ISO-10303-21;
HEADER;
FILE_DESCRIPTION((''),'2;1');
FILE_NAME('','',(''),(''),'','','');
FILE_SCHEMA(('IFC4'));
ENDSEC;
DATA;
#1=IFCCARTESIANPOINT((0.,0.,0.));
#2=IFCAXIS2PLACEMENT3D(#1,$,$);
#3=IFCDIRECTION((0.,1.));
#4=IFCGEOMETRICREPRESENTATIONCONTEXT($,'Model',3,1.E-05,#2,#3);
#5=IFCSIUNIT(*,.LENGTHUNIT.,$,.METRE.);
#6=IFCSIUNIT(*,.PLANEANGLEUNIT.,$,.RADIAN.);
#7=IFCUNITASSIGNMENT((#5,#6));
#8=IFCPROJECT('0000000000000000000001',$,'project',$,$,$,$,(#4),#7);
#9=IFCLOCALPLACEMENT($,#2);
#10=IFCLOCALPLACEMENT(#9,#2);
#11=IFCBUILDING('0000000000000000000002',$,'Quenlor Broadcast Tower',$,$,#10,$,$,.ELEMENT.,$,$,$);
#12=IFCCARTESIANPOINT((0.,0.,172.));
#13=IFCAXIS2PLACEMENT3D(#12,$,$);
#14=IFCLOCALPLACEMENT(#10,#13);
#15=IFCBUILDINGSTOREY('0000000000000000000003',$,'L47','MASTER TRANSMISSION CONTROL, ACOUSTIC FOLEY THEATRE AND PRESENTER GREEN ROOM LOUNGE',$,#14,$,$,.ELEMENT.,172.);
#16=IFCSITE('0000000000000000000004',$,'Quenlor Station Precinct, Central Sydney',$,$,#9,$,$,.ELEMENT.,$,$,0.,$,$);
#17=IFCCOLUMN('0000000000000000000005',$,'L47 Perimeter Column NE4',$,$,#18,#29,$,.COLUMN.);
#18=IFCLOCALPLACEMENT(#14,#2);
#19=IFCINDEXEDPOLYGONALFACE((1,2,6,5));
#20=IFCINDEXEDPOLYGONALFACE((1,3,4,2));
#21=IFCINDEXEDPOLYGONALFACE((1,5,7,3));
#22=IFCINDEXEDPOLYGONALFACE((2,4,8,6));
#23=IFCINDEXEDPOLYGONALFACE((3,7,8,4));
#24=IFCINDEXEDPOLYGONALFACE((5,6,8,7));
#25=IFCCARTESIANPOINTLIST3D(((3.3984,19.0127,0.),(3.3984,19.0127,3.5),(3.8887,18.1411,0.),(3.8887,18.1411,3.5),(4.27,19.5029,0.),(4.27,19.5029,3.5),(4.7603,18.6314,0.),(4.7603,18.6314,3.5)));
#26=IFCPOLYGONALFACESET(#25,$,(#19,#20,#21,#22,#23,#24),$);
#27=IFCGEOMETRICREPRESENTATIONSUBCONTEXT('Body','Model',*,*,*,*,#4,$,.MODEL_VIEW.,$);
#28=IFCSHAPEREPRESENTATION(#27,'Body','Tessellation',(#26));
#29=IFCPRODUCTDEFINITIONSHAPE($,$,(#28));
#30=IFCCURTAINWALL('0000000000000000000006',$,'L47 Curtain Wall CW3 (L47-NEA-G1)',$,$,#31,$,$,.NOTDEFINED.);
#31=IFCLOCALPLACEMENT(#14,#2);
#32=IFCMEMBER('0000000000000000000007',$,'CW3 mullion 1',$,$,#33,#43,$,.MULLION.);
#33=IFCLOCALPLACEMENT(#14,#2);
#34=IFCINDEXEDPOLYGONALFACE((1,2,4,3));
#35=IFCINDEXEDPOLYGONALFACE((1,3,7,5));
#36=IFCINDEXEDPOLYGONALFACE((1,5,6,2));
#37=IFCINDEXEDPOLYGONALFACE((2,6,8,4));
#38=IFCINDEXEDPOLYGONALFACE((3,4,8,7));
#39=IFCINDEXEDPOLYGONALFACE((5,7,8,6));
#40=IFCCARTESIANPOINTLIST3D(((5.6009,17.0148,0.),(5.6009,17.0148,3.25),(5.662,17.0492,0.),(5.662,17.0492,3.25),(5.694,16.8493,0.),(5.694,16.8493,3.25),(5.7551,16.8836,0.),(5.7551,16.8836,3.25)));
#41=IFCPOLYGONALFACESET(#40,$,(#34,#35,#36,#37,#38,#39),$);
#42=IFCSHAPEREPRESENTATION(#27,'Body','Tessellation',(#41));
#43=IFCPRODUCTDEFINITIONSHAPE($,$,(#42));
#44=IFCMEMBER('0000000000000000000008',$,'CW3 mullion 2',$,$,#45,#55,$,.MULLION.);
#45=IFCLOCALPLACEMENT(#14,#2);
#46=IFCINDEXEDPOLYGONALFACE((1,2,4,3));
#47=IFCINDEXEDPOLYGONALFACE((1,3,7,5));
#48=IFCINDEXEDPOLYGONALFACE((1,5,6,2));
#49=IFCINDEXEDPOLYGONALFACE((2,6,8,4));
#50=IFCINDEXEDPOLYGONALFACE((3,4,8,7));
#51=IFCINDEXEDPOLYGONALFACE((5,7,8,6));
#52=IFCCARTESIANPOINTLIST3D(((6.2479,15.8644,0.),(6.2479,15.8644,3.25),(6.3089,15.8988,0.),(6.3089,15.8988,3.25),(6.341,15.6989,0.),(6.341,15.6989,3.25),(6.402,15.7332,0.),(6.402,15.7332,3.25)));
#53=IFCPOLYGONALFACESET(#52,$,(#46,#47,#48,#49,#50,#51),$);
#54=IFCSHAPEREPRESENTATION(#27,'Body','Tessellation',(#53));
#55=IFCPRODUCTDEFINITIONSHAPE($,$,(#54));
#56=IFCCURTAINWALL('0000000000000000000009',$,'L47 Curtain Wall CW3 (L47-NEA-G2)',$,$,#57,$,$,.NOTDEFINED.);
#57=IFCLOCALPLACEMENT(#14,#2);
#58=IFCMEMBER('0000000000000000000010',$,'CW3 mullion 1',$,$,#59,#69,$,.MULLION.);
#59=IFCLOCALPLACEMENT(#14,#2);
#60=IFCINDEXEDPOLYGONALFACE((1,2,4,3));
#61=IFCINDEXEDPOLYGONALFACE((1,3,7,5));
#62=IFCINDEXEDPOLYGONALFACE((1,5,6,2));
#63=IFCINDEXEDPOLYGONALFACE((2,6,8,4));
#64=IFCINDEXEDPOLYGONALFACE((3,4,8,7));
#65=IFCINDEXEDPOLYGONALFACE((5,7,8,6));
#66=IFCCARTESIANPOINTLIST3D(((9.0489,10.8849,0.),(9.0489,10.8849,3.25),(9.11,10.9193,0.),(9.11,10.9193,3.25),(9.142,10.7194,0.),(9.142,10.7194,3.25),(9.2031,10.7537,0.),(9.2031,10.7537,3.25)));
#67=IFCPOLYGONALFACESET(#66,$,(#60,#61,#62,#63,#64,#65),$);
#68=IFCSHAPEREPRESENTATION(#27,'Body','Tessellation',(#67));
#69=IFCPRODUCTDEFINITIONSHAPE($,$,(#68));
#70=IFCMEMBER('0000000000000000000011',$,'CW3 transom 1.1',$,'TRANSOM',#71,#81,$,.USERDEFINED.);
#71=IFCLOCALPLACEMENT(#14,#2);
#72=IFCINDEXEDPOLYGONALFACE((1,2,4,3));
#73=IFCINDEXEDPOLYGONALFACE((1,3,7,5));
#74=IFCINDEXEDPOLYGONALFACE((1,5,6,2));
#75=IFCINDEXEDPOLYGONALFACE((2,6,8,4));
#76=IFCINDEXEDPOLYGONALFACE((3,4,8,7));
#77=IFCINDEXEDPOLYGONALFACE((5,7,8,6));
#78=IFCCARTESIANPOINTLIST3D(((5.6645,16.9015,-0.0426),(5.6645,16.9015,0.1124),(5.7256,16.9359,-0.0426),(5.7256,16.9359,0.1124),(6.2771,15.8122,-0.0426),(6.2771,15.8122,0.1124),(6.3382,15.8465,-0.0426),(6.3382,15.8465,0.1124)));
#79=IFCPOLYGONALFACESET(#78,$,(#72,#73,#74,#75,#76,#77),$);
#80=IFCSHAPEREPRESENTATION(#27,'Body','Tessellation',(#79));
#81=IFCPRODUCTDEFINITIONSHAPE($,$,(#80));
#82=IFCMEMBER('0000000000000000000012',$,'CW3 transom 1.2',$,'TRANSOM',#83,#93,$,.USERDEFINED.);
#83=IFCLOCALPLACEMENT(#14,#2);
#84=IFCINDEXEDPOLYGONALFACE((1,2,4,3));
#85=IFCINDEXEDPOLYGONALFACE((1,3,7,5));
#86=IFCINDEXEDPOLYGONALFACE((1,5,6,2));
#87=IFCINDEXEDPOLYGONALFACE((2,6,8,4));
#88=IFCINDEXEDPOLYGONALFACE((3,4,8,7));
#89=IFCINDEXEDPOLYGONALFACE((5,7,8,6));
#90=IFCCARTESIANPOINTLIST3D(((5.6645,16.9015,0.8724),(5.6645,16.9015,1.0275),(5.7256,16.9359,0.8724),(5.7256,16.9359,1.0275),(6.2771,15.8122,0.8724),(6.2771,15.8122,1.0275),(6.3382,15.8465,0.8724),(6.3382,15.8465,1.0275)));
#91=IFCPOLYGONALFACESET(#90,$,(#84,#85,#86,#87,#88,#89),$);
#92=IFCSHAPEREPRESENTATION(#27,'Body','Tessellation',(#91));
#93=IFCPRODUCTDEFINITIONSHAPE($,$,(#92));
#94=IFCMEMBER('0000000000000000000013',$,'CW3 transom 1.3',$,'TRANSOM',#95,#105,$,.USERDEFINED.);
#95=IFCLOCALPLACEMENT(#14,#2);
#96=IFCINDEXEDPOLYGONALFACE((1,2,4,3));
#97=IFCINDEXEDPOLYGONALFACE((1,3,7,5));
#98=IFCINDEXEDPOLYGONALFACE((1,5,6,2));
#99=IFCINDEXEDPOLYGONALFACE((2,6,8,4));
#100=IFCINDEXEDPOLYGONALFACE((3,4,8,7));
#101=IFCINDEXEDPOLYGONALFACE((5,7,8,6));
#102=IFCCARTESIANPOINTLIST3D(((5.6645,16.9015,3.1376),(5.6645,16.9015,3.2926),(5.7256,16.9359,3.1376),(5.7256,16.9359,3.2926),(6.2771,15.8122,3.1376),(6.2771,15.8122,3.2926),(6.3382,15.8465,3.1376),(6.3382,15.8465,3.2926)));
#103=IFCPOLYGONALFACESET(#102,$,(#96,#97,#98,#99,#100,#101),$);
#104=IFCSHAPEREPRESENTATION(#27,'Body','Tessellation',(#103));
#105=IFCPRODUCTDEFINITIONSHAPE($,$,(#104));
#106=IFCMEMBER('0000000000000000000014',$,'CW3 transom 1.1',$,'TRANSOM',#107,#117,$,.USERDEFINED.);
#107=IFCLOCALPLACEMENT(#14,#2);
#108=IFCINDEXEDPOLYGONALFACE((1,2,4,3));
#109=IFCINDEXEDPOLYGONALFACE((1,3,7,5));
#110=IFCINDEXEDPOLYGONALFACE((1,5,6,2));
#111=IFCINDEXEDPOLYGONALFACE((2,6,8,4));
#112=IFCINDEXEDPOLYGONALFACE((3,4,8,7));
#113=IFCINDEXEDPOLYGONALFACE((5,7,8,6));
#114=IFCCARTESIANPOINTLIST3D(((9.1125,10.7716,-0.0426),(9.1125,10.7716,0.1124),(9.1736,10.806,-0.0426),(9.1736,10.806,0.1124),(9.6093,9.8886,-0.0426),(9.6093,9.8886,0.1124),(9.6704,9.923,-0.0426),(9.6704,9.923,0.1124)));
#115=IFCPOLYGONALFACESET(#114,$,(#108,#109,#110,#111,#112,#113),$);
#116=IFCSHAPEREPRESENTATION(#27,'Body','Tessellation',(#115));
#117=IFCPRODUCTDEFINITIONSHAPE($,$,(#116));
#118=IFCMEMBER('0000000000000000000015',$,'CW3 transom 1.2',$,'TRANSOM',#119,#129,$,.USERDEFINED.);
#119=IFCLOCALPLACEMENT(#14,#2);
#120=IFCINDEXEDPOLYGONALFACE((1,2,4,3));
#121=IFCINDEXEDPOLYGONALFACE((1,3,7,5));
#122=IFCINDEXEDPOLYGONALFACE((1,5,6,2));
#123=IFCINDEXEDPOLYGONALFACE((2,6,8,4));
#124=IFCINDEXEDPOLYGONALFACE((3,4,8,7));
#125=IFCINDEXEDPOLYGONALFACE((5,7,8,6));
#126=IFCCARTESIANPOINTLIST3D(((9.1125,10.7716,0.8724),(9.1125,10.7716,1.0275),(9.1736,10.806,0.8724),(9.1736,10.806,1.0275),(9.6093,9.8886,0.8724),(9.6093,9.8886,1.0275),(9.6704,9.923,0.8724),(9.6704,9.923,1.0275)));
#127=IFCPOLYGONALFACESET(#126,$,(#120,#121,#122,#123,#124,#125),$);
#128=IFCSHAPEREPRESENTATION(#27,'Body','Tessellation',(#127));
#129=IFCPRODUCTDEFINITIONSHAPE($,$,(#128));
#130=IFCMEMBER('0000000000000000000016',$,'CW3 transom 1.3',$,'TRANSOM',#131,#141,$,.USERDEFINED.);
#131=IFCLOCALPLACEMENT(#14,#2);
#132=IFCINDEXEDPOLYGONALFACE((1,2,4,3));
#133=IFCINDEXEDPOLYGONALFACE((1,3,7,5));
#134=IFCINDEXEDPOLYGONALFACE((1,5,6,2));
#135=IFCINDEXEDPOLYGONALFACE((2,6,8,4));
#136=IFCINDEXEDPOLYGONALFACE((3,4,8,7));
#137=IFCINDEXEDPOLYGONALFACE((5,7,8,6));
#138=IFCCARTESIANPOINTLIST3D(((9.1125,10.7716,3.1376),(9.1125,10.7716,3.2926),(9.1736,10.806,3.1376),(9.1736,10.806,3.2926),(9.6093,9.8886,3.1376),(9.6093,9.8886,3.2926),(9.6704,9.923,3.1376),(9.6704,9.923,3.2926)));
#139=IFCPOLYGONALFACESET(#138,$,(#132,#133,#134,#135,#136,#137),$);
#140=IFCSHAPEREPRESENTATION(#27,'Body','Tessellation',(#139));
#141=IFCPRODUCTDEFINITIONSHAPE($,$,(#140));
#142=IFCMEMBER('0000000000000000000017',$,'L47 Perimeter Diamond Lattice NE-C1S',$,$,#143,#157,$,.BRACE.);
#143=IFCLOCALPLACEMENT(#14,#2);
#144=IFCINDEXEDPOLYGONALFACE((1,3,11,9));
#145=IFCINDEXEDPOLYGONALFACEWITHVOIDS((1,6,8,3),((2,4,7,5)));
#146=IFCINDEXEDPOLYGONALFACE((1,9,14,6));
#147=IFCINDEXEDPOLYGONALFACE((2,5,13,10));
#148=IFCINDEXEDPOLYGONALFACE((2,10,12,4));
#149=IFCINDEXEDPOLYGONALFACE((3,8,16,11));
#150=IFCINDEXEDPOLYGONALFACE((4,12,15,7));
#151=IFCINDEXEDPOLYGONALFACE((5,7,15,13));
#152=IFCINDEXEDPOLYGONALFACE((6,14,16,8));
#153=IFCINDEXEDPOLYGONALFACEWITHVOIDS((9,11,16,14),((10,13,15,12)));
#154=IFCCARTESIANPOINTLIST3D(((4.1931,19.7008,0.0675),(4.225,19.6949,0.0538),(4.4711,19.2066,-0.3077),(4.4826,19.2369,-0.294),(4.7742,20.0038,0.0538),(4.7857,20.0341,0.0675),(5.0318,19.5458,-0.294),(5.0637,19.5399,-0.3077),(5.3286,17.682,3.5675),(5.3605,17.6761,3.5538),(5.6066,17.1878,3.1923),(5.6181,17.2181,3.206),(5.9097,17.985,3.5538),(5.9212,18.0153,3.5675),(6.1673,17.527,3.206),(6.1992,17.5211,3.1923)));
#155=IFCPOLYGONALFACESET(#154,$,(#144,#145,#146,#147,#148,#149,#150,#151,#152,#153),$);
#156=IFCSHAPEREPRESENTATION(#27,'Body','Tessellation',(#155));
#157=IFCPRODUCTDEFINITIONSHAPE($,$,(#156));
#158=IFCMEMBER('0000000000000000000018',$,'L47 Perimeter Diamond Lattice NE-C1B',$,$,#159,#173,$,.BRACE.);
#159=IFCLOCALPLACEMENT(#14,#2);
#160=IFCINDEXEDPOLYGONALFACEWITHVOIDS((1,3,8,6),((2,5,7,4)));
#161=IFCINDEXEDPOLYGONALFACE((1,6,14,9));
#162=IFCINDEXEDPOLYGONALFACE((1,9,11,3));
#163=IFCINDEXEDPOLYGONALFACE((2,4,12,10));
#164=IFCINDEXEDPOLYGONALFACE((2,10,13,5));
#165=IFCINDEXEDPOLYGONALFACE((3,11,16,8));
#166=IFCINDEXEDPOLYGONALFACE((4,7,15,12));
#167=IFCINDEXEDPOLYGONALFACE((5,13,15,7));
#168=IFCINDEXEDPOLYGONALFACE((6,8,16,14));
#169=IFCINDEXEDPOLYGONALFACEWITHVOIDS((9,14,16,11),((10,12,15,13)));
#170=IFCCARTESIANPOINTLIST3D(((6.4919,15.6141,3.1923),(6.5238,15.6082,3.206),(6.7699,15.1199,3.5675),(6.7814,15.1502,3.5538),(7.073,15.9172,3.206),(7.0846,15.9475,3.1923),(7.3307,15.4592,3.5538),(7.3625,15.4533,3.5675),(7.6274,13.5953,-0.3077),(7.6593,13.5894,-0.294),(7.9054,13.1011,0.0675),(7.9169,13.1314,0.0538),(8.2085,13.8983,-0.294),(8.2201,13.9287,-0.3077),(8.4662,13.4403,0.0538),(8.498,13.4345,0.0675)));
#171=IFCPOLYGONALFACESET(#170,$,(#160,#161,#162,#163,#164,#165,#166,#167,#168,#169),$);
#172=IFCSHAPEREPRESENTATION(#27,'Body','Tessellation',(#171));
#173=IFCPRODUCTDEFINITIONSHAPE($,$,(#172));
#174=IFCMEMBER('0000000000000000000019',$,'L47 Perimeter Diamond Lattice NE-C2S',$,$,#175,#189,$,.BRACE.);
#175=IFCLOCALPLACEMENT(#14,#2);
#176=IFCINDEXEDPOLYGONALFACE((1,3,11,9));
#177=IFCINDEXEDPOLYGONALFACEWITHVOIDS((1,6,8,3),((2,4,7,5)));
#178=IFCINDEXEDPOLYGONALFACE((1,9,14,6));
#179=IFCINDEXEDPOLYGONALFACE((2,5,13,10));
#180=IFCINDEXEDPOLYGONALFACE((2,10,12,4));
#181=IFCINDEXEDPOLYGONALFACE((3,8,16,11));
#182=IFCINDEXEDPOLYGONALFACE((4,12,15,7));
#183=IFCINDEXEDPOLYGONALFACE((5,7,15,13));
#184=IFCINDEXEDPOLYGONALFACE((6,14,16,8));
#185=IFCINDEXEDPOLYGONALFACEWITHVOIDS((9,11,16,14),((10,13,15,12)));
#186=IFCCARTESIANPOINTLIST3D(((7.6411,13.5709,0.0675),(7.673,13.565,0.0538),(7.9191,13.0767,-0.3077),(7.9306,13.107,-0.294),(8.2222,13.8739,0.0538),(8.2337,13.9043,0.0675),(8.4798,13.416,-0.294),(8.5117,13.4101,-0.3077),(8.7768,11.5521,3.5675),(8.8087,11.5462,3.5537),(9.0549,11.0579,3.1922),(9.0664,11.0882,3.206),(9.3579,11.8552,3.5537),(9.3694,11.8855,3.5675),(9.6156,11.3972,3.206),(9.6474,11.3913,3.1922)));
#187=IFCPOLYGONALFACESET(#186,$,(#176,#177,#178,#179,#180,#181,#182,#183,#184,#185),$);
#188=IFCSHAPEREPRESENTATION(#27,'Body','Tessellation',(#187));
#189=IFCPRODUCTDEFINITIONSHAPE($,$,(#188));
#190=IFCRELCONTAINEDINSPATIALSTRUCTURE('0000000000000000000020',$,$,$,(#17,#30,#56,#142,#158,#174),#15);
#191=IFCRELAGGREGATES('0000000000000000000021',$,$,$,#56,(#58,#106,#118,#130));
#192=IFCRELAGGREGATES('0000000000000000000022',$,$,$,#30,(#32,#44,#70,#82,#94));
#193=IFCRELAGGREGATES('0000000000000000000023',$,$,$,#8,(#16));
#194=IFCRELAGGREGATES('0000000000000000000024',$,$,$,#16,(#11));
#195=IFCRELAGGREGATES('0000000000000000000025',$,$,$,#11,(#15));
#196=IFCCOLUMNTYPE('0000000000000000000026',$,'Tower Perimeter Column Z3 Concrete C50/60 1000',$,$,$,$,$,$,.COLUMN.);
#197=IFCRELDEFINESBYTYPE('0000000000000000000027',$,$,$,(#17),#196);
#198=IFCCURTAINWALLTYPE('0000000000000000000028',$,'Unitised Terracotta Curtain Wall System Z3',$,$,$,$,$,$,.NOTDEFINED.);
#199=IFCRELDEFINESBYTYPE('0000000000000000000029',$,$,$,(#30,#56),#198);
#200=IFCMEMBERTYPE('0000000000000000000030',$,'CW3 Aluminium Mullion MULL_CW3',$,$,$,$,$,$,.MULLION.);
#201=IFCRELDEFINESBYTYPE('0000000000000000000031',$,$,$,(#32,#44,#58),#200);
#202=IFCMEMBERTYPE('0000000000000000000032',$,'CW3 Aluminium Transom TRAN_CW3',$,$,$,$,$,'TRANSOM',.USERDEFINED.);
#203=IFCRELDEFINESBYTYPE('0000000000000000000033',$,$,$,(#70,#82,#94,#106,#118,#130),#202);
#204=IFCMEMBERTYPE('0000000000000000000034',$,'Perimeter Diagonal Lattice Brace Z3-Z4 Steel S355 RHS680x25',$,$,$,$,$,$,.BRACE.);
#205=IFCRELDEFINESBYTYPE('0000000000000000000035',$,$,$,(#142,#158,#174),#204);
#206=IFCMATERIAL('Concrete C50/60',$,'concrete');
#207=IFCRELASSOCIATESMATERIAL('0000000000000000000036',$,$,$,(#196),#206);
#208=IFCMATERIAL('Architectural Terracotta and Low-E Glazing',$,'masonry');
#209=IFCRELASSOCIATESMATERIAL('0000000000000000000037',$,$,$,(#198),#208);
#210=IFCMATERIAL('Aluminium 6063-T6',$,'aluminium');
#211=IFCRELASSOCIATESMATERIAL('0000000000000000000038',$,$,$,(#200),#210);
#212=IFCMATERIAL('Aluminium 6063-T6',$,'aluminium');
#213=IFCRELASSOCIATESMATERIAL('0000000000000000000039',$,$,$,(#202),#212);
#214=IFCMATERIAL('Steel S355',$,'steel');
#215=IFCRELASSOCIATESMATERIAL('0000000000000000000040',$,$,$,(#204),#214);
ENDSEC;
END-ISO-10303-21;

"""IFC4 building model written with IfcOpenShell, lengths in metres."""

from ifc_helpers import new_model, si_unit, direction, frame, origin, origin_2d, place, context, subcontext, project, spatial, rectangle, hollow_rectangle, extrude, material, material_profile, profile_set, type_object, element, aggregate, save


model = new_model("IFC4")

# Units and contexts
model_context = context("Model", 3, precision=1e-05, world=origin(), true_north=direction((0.0, 1.0)))
body_context = subcontext(model_context, "Body", "Model", "MODEL_VIEW")
ifc_project = project(units=[si_unit("LENGTHUNIT", "METRE"), si_unit("PLANEANGLEUNIT", "RADIAN")], contexts=[model_context])

# Site, building, storey
site_placement = place(None, origin())
site = spatial("IfcSite", under=ifc_project, at=site_placement, Name="Quenlor Station Precinct, Central Sydney", CompositionType="ELEMENT", RefElevation=0.0)
building_placement = place(site_placement, origin())
building = spatial("IfcBuilding", under=site, at=building_placement, Name="Quenlor Broadcast Tower", CompositionType="ELEMENT")
storey_placement = place(building_placement, frame((0.0, 0.0, 172.0)))
storey = spatial("IfcBuildingStorey", under=building, at=storey_placement, Name="L47", Description="MASTER TRANSMISSION CONTROL, ACOUSTIC FOLEY THEATRE AND PRESENTER GREEN ROOM LOUNGE", CompositionType="ELEMENT", Elevation=172.0)

# Column
ifc_material_1 = material(Name="Concrete C50/60", Category="concrete")
ifc_material_profile_1 = material_profile(ifc_material_1, rectangle(XDim=1.0, YDim=1.0, at=origin_2d()))
ifc_profile_set_1 = profile_set([ifc_material_profile_1], Name="Concrete C50/60 RC1000x1000")
column_type = type_object("IfcColumnType", Name="Tower Perimeter Column Z3 Concrete C50/60 1000", PredefinedType="COLUMN", material=ifc_profile_set_1)
column_placement = place(storey_placement, frame((4.0793, 18.822, 0.0), z_axis=(0.0, 0.0, 1.0), x_axis=(0.871575, 0.490262, 0.0)))
element("IfcColumn", 1, at=column_placement, inside=storey, type_object=column_type, Name="L47 Perimeter Column NE4", PredefinedType="COLUMN", context=body_context, shape_type="SweptSolid", body=[
    extrude(rectangle(XDim=1.0, YDim=1.0, at=origin_2d()), origin(), (0.0, 0.0, 1.0), 3.5),
])

# Curtain wall, members
ifc_material_2 = material(Name="Architectural Terracotta and Low-E Glazing", Category="masonry")
curtain_wall_type = type_object("IfcCurtainWallType", Name="Unitised Terracotta Curtain Wall System Z3", PredefinedType="NOTDEFINED", material=ifc_material_2)
curtain_wall_1_placement = place(storey_placement, origin())
curtain_wall_1 = element("IfcCurtainWall", 2, at=curtain_wall_1_placement, inside=storey, type_object=curtain_wall_type, Name="L47 Curtain Wall CW3 (L47-NEA-G1)", PredefinedType="NOTDEFINED")
ifc_material_3 = material(Name="Aluminium 6063-T6", Category="aluminium")
ifc_material_profile_2 = material_profile(ifc_material_3, rectangle(XDim=0.0701, YDim=0.1899, at=origin_2d()))
ifc_profile_set_2 = profile_set([ifc_material_profile_2], Name="Aluminium 6063-T6 MULL70x190")
member_type_1 = type_object("IfcMemberType", Name="CW3 Aluminium Mullion MULL_CW3", PredefinedType="MULLION", material=ifc_profile_set_2)
member_1_placement = place(storey_placement, frame((5.678, 16.9492, 0.0), z_axis=(0.0, 0.0, 1.0), x_axis=(0.871593, 0.49023, 0.0)))
member_1 = element("IfcMember", 3, at=member_1_placement, type_object=member_type_1, Name="CW3 mullion 1", PredefinedType="MULLION", context=body_context, shape_type="SweptSolid", body=[
    extrude(rectangle(XDim=0.0701, YDim=0.1899, at=origin_2d()), origin(), (0.0, 0.0, 1.0), 3.25),
])
member_2_placement = place(storey_placement, frame((6.325, 15.7988, 0.0), z_axis=(0.0, 0.0, 1.0), x_axis=(0.871593, 0.49023, 0.0)))
member_2 = element("IfcMember", 4, at=member_2_placement, type_object=member_type_1, Name="CW3 mullion 2", PredefinedType="MULLION", context=body_context, shape_type="SweptSolid", body=[
    extrude(rectangle(XDim=0.0701, YDim=0.1899, at=origin_2d()), origin(), (0.0, 0.0, 1.0), 3.25),
])

# Curtain wall, member
curtain_wall_2_placement = place(storey_placement, origin())
curtain_wall_2 = element("IfcCurtainWall", 5, at=curtain_wall_2_placement, inside=storey, type_object=curtain_wall_type, Name="L47 Curtain Wall CW3 (L47-NEA-G2)", PredefinedType="NOTDEFINED")
member_3_placement = place(storey_placement, frame((9.126, 10.8193, 0.0), z_axis=(0.0, 0.0, 1.0), x_axis=(0.871601, 0.490216, 0.0)))
member_3 = element("IfcMember", 6, at=member_3_placement, type_object=member_type_1, Name="CW3 mullion 1", PredefinedType="MULLION", context=body_context, shape_type="SweptSolid", body=[
    extrude(rectangle(XDim=0.0701, YDim=0.1899, at=origin_2d()), origin(), (0.0, 0.0, 1.0), 3.25),
])

# Members
ifc_material_4 = material(Name="Aluminium 6063-T6", Category="aluminium")
ifc_material_profile_3 = material_profile(ifc_material_4, rectangle(XDim=0.0701, YDim=0.155, at=origin_2d()))
ifc_profile_set_3 = profile_set([ifc_material_profile_3], Name="Aluminium 6063-T6 TRAN70x155")
member_type_2 = type_object("IfcMemberType", Name="CW3 Aluminium Transom TRAN_CW3", ElementType="TRANSOM", PredefinedType="USERDEFINED", material=ifc_profile_set_3)
member_4_placement = place(storey_placement, frame((5.6951, 16.9187, 0.0349), z_axis=(0.490131, -0.871649, 0.0), x_axis=(0.871649, 0.490131, 0.0)))
member_4 = element("IfcMember", 7, at=member_4_placement, type_object=member_type_2, Name="CW3 transom 1.1", ObjectType="TRANSOM", PredefinedType="USERDEFINED", context=body_context, shape_type="SweptSolid", body=[
    extrude(rectangle(XDim=0.0701, YDim=0.155, at=origin_2d()), origin(), (0.0, 0.0, 1.0), 1.2498),
])
member_5_placement = place(storey_placement, frame((5.6951, 16.9187, 0.95), z_axis=(0.490131, -0.871649, 0.0), x_axis=(0.871649, 0.490131, 0.0)))
member_5 = element("IfcMember", 8, at=member_5_placement, type_object=member_type_2, Name="CW3 transom 1.2", ObjectType="TRANSOM", PredefinedType="USERDEFINED", context=body_context, shape_type="SweptSolid", body=[
    extrude(rectangle(XDim=0.0701, YDim=0.155, at=origin_2d()), origin(), (0.0, 0.0, 1.0), 1.2498),
])
member_6_placement = place(storey_placement, frame((5.6951, 16.9187, 3.2151), z_axis=(0.490131, -0.871649, 0.0), x_axis=(0.871649, 0.490131, 0.0)))
member_6 = element("IfcMember", 9, at=member_6_placement, type_object=member_type_2, Name="CW3 transom 1.3", ObjectType="TRANSOM", PredefinedType="USERDEFINED", context=body_context, shape_type="SweptSolid", body=[
    extrude(rectangle(XDim=0.0701, YDim=0.155, at=origin_2d()), origin(), (0.0, 0.0, 1.0), 1.2498),
])
member_7_placement = place(storey_placement, frame((9.1431, 10.7888, 0.0349), z_axis=(0.490341, -0.87153, 0.0), x_axis=(0.87153, 0.490341, 0.0)))
member_7 = element("IfcMember", 10, at=member_7_placement, type_object=member_type_2, Name="CW3 transom 1.1", ObjectType="TRANSOM", PredefinedType="USERDEFINED", context=body_context, shape_type="SweptSolid", body=[
    extrude(rectangle(XDim=0.0701, YDim=0.155, at=origin_2d()), origin(), (0.0, 0.0, 1.0), 1.0132),
])
member_8_placement = place(storey_placement, frame((9.1431, 10.7888, 0.95), z_axis=(0.490341, -0.87153, 0.0), x_axis=(0.87153, 0.490341, 0.0)))
member_8 = element("IfcMember", 11, at=member_8_placement, type_object=member_type_2, Name="CW3 transom 1.2", ObjectType="TRANSOM", PredefinedType="USERDEFINED", context=body_context, shape_type="SweptSolid", body=[
    extrude(rectangle(XDim=0.0701, YDim=0.155, at=origin_2d()), origin(), (0.0, 0.0, 1.0), 1.0132),
])
member_9_placement = place(storey_placement, frame((9.1431, 10.7888, 3.2151), z_axis=(0.490341, -0.87153, 0.0), x_axis=(0.87153, 0.490341, 0.0)))
member_9 = element("IfcMember", 12, at=member_9_placement, type_object=member_type_2, Name="CW3 transom 1.3", ObjectType="TRANSOM", PredefinedType="USERDEFINED", context=body_context, shape_type="SweptSolid", body=[
    extrude(rectangle(XDim=0.0701, YDim=0.155, at=origin_2d()), origin(), (0.0, 0.0, 1.0), 1.0132),
])
aggregate(curtain_wall_2, [member_3, member_7, member_8, member_9])

# Members
ifc_material_5 = material(Name="Steel S355", Category="steel")
ifc_material_profile_4 = material_profile(ifc_material_5, hollow_rectangle(XDim=0.6799, YDim=0.6799, WallThickness=0.0249, at=origin_2d()))
ifc_profile_set_4 = profile_set([ifc_material_profile_4], Name="Steel S355 RHS680x680x25")
member_type_3 = type_object("IfcMemberType", Name="Perimeter Diagonal Lattice Brace Z3-Z4 Steel S355 RHS680x25", PredefinedType="BRACE", material=ifc_profile_set_4)
for number, where, z_axis, x_axis, name in (
    (13, (4.6284, 19.6204, -0.1201), (0.270549, -0.481009, 0.833927), (0.87159, 0.490236, 0.0), "L47 Perimeter Diamond Lattice NE-C1S"),
    (14, (8.0627, 13.5149, -0.1201), (-0.270549, 0.481009, 0.833927), (-0.87159, -0.490236, 0.0), "L47 Perimeter Diamond Lattice NE-C1B"),
    (15, (8.0764, 13.4905, -0.1201), (0.270603, -0.481001, 0.833914), (0.871545, 0.490316, 0.0), "L47 Perimeter Diamond Lattice NE-C2S"),
):
    element("IfcMember", number, at=place(storey_placement, frame(where, z_axis=z_axis, x_axis=x_axis)), inside=storey, type_object=member_type_3, Name=name, PredefinedType="BRACE", context=body_context, shape_type="SweptSolid", body=[
        extrude(hollow_rectangle(XDim=0.6799, YDim=0.6799, WallThickness=0.0249, at=origin_2d()), origin(), (0.0, 0.0, 1.0), 4.197),
    ])

aggregate(curtain_wall_1, [member_1, member_2, member_4, member_5, member_6])

save(model, "model.ifc")
